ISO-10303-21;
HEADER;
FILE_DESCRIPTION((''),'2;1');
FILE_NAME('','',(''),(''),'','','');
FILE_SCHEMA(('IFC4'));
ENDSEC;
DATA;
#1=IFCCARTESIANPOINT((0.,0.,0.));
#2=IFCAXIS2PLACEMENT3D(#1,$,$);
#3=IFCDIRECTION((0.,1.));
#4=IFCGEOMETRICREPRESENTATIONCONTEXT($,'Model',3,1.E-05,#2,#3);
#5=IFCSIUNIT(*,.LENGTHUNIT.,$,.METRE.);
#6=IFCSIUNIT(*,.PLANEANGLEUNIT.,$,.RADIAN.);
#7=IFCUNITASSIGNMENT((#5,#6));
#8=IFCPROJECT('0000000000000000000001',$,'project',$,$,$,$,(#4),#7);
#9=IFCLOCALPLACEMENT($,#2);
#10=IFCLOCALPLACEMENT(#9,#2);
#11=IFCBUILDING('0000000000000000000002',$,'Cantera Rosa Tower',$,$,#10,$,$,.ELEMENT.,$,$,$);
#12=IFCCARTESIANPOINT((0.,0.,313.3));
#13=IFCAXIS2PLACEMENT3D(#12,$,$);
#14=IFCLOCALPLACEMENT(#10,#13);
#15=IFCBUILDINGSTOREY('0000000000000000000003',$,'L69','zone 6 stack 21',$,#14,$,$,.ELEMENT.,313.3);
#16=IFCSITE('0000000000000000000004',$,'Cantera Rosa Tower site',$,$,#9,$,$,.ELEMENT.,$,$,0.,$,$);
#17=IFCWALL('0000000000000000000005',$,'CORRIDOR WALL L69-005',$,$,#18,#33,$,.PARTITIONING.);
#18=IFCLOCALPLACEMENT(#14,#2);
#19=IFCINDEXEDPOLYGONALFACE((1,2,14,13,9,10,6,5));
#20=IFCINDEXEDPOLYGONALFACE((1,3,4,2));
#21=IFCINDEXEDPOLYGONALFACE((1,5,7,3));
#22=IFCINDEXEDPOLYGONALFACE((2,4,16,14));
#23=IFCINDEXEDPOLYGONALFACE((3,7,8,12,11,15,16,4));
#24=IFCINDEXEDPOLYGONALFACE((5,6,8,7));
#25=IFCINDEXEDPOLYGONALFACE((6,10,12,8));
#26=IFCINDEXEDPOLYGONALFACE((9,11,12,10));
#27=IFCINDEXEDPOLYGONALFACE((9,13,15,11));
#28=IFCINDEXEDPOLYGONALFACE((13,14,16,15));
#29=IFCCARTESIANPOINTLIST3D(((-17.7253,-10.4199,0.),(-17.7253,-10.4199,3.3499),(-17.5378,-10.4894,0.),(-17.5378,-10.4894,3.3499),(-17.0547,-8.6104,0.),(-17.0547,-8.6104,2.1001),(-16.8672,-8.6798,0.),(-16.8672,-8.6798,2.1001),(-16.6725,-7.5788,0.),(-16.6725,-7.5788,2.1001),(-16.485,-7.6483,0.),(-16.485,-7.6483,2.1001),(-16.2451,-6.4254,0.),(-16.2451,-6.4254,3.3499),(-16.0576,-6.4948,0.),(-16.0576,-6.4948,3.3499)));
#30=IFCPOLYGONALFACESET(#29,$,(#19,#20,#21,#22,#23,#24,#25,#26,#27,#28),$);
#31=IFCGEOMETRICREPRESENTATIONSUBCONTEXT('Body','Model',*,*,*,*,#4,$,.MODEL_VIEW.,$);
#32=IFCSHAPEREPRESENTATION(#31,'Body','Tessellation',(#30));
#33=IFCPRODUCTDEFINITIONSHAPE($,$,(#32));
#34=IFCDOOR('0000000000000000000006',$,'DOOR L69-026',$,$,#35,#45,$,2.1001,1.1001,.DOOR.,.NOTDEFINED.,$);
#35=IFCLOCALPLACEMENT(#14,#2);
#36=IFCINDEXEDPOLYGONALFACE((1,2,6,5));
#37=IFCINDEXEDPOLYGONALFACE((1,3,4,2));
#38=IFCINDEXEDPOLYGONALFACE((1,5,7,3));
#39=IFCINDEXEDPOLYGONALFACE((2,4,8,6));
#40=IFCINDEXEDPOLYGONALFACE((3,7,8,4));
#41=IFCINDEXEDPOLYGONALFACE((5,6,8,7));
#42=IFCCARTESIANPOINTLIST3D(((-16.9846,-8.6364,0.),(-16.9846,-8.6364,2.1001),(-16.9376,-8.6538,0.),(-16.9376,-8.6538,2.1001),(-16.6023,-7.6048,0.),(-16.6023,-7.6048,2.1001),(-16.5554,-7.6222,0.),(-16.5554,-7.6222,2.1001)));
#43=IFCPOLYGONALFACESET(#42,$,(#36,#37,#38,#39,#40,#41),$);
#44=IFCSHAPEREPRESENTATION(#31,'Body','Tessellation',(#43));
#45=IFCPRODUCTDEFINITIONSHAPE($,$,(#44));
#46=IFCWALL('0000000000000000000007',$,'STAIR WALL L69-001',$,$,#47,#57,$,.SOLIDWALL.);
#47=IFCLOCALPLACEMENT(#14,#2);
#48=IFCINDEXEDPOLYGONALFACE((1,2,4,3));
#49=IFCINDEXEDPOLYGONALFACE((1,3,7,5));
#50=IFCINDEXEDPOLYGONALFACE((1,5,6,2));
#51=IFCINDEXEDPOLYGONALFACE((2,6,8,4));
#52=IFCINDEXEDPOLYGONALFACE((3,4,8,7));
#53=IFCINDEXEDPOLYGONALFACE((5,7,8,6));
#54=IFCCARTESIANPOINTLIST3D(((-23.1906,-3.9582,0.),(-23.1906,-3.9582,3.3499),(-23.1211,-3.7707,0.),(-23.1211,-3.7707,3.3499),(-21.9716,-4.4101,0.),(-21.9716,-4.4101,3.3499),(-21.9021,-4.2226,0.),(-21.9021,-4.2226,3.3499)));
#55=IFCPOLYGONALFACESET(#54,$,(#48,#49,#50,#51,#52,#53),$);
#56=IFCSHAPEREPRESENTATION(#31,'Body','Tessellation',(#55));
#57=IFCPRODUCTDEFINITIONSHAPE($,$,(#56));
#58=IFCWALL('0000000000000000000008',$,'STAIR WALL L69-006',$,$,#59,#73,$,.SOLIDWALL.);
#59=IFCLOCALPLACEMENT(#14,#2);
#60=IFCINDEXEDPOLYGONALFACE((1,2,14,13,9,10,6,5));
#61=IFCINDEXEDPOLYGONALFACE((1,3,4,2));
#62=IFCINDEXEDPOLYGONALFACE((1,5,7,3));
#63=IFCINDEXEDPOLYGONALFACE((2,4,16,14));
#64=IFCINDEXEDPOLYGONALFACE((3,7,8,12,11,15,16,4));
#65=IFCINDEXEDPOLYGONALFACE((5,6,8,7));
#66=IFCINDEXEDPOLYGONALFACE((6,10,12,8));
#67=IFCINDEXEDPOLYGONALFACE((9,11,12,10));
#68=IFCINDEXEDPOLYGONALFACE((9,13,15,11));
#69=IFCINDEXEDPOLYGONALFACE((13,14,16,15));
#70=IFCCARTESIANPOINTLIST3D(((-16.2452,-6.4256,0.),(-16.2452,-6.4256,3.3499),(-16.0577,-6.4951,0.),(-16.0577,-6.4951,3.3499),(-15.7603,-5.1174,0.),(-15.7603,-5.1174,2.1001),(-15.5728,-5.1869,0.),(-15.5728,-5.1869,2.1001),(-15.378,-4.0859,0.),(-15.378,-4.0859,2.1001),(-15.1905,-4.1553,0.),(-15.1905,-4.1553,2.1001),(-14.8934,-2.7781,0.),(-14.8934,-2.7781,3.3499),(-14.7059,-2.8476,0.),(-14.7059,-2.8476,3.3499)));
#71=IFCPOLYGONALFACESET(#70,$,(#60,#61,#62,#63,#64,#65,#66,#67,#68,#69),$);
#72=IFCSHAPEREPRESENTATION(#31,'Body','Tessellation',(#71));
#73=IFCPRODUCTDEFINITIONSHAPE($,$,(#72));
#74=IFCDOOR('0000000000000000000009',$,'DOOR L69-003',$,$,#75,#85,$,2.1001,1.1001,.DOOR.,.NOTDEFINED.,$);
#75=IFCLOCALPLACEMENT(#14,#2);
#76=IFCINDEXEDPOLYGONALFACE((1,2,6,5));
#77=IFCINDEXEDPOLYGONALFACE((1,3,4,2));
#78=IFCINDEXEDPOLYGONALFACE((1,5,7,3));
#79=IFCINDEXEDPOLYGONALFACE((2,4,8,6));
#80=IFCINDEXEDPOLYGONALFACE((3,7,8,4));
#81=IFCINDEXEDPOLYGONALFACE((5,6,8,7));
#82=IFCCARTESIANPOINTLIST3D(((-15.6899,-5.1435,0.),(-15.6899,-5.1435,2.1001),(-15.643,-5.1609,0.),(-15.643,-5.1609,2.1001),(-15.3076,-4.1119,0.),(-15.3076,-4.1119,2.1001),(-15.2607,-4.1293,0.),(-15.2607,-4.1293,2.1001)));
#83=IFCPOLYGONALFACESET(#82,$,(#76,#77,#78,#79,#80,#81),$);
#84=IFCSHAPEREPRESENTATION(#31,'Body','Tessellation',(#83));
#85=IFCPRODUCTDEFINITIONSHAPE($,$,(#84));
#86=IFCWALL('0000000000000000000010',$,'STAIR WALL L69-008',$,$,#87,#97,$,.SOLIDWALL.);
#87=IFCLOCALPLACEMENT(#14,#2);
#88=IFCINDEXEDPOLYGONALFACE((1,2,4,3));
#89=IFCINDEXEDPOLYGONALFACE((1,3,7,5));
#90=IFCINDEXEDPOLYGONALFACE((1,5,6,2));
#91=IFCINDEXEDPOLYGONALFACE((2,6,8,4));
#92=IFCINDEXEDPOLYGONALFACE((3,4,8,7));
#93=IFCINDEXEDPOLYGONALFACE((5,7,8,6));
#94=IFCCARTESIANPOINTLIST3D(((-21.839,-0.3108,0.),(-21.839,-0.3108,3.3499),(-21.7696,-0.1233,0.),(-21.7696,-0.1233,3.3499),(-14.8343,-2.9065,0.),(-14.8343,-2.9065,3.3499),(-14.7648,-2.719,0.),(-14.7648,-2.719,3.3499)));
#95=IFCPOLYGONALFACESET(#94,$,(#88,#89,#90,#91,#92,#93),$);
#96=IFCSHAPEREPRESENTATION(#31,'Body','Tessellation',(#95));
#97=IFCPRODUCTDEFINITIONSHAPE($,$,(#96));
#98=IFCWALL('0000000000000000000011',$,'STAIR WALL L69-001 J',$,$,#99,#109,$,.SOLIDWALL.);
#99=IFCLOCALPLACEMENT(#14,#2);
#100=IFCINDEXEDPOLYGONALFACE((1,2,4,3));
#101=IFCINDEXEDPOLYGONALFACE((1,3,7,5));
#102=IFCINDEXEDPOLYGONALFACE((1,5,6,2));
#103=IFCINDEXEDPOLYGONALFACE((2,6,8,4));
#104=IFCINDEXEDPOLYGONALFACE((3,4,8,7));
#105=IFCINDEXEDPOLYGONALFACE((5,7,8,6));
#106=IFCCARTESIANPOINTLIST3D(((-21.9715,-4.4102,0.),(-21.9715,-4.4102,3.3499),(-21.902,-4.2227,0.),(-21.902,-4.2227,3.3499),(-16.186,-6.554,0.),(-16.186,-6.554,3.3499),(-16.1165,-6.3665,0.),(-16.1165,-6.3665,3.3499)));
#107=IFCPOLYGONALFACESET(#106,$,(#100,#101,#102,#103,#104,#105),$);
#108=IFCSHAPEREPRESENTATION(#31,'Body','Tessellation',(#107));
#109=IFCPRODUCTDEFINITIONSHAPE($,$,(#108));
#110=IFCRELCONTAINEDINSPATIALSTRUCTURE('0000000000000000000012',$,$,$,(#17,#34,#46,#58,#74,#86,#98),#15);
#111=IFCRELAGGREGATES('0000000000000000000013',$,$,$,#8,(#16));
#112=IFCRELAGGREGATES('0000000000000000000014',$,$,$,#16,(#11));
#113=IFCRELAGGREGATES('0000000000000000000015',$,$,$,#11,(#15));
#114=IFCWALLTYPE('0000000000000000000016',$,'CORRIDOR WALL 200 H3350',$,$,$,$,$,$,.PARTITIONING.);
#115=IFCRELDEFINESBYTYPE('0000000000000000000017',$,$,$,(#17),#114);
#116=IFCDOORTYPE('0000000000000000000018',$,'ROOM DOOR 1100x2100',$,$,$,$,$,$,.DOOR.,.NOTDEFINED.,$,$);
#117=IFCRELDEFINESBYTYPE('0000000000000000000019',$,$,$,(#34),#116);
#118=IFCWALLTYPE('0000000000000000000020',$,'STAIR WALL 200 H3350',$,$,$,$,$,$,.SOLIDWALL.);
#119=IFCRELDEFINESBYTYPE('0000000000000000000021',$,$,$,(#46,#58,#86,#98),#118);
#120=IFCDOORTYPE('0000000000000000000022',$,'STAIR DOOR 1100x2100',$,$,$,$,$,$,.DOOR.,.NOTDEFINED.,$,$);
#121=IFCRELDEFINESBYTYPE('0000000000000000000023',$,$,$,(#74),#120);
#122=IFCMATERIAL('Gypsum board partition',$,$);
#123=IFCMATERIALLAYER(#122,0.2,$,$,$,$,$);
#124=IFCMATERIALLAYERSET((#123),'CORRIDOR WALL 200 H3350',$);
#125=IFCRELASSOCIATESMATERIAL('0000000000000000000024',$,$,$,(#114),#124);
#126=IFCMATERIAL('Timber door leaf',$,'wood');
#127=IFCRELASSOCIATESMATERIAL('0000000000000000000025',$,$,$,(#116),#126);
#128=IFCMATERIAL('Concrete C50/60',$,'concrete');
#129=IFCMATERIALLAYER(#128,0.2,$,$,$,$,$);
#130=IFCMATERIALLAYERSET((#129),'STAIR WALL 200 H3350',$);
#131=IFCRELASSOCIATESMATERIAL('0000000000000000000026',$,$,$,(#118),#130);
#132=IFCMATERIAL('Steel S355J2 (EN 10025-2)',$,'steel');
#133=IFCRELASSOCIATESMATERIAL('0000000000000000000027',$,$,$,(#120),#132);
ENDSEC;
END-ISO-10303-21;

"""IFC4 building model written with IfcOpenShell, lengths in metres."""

from ifc_helpers import new_model, si_unit, direction, frame, frame_2d, origin, place, context, subcontext, project, spatial, rectangle, extrude, material, layer, layer_set, type_object, element, fill, save


model = new_model("IFC4")

# Units and contexts
model_context = context("Model", 3, precision=1e-05, world=origin(), true_north=direction((0.0, 1.0)))
body_context = subcontext(model_context, "Body", "Model", "MODEL_VIEW")
ifc_project = project(units=[si_unit("LENGTHUNIT", "METRE"), si_unit("PLANEANGLEUNIT", "RADIAN")], contexts=[model_context])

# Site, building, storey
site_placement = place(None, origin())
site = spatial("IfcSite", under=ifc_project, at=site_placement, Name="Cantera Rosa Tower site", CompositionType="ELEMENT", RefElevation=0.0)
building_placement = place(site_placement, origin())
building = spatial("IfcBuilding", under=site, at=building_placement, Name="Cantera Rosa Tower", CompositionType="ELEMENT")
storey_placement = place(building_placement, frame((0.0, 0.0, 313.3)))
storey = spatial("IfcBuildingStorey", under=building, at=storey_placement, Name="L69", Description="zone 6 stack 21", CompositionType="ELEMENT", Elevation=313.3)

# Wall, opening, door
ifc_material_1 = material(Name="Gypsum board partition")
ifc_layer_1 = layer(ifc_material_1, 0.2)
ifc_layer_set_1 = layer_set([ifc_layer_1], Name="CORRIDOR WALL 200 H3350")
wall_type_1 = type_object("IfcWallType", Name="CORRIDOR WALL 200 H3350", PredefinedType="PARTITIONING", material=ifc_layer_set_1)
wall_1_placement = place(storey_placement, frame((-16.1514, -6.4602, 0.0), z_axis=(0.0, 0.0, 1.0), x_axis=(-0.347466, -0.937693, 0.0)))
wall_1 = element("IfcWall", 1, at=wall_1_placement, inside=storey, type_object=wall_type_1, Name="CORRIDOR WALL L69-005", PredefinedType="PARTITIONING", context=body_context, shape_type="SweptSolid", body=[
    extrude(rectangle(XDim=4.26, YDim=0.2, at=frame_2d((2.1299, 0.0))), origin(), (0.0, 0.0, 1.0), 3.3499),
])
opening_1_placement = place(wall_1_placement, frame((1.23, 0.0, 0.0)))
opening_1 = element("IfcOpeningElement", 2, at=opening_1_placement, cuts=wall_1, PredefinedType="OPENING", context=body_context, shape_type="SweptSolid", body=[
    extrude(rectangle(XDim=1.1001, YDim=2.1001, at=frame_2d((0.55, 1.05))), frame((0.0, 0.1099, 0.0), z_axis=(0.0, -1.0, 0.0), x_axis=(1.0, 0.0, 0.0)), (0.0, 0.0, 1.0), 0.22),
])
ifc_material_2 = material(Name="Timber door leaf", Category="wood")
door_type_1 = type_object("IfcDoorType", Name="ROOM DOOR 1100x2100", OperationType="NOTDEFINED", PredefinedType="DOOR", material=ifc_material_2)
door_1_placement = place(opening_1_placement, origin())
door_1 = element("IfcDoor", 3, at=door_1_placement, inside=storey, type_object=door_type_1, Name="DOOR L69-026", OperationType="NOTDEFINED", OverallHeight=2.1001, OverallWidth=1.1001, PredefinedType="DOOR", context=body_context, shape_type="SweptSolid", body=[
    extrude(rectangle(XDim=1.1001, YDim=2.1001, at=frame_2d((0.55, 1.05))), frame((0.0, 0.0249, 0.0), z_axis=(0.0, -1.0, 0.0), x_axis=(1.0, 0.0, 0.0)), (0.0, 0.0, 1.0), 0.05),
])
fill(opening_1, door_1)

# Wall
ifc_material_3 = material(Name="Concrete C50/60", Category="concrete")
ifc_layer_2 = layer(ifc_material_3, 0.2)
ifc_layer_set_2 = layer_set([ifc_layer_2], Name="STAIR WALL 200 H3350")
wall_type_2 = type_object("IfcWallType", Name="STAIR WALL 200 H3350", PredefinedType="SOLIDWALL", material=ifc_layer_set_2)
wall_2_placement = place(storey_placement, frame((-23.1558, -3.8645, 0.0), z_axis=(0.0, 0.0, 1.0), x_axis=(0.937642, -0.347602, 0.0)))
element("IfcWall", 4, at=wall_2_placement, inside=storey, type_object=wall_type_2, Name="STAIR WALL L69-001", PredefinedType="SOLIDWALL", context=body_context, shape_type="SweptSolid", body=[
    extrude(rectangle(XDim=1.3, YDim=0.2, at=frame_2d((0.6499, 0.0))), origin(), (0.0, 0.0, 1.0), 3.3499),
])

# Wall, opening, door
wall_3_placement = place(storey_placement, frame((-16.1514, -6.4602, 0.0), z_axis=(0.0, 0.0, 1.0), x_axis=(0.347517, 0.937674, 0.0)))
wall_3 = element("IfcWall", 5, at=wall_3_placement, inside=storey, type_object=wall_type_2, Name="STAIR WALL L69-006", PredefinedType="SOLIDWALL", context=body_context, shape_type="SweptSolid", body=[
    extrude(rectangle(XDim=3.8899, YDim=0.2, at=frame_2d((1.9448, 0.0))), origin(), (0.0, 0.0, 1.0), 3.3499),
])
opening_2_placement = place(wall_3_placement, frame((1.395, 0.0, 0.0)))
opening_2 = element("IfcOpeningElement", 6, at=opening_2_placement, cuts=wall_3, PredefinedType="OPENING", context=body_context, shape_type="SweptSolid", body=[
    extrude(rectangle(XDim=1.1001, YDim=2.1001, at=frame_2d((0.55, 1.05))), frame((0.0, 0.1099, 0.0), z_axis=(0.0, -1.0, 0.0), x_axis=(1.0, 0.0, 0.0)), (0.0, 0.0, 1.0), 0.22),
])
ifc_material_4 = material(Name="Steel S355J2 (EN 10025-2)", Category="steel")
door_type_2 = type_object("IfcDoorType", Name="STAIR DOOR 1100x2100", OperationType="NOTDEFINED", PredefinedType="DOOR", material=ifc_material_4)
door_2_placement = place(opening_2_placement, origin())
door_2 = element("IfcDoor", 7, at=door_2_placement, inside=storey, type_object=door_type_2, Name="DOOR L69-003", OperationType="NOTDEFINED", OverallHeight=2.1001, OverallWidth=1.1001, PredefinedType="DOOR", context=body_context, shape_type="SweptSolid", body=[
    extrude(rectangle(XDim=1.1001, YDim=2.1001, at=frame_2d((0.55, 1.05))), frame((0.0, 0.0249, 0.0), z_axis=(0.0, -1.0, 0.0), x_axis=(1.0, 0.0, 0.0)), (0.0, 0.0, 1.0), 0.05),
])
fill(opening_2, door_2)

# Walls
wall_4_placement = place(storey_placement, frame((-14.7996, -2.8127, 0.0), z_axis=(0.0, 0.0, 1.0), x_axis=(-0.937688, 0.347478, 0.0)))
element("IfcWall", 8, at=wall_4_placement, inside=storey, type_object=wall_type_2, Name="STAIR WALL L69-008", PredefinedType="SOLIDWALL", context=body_context, shape_type="SweptSolid", body=[
    extrude(rectangle(XDim=7.4702, YDim=0.2, at=frame_2d((3.7351, 0.0))), origin(), (0.0, 0.0, 1.0), 3.3499),
])
wall_5_placement = place(storey_placement, frame((-21.9368, -4.3164, 0.0), z_axis=(0.0, 0.0, 1.0), x_axis=(0.937693, -0.347465, 0.0)))
element("IfcWall", 9, at=wall_5_placement, inside=storey, type_object=wall_type_2, Name="STAIR WALL L69-001 J", PredefinedType="SOLIDWALL", context=body_context, shape_type="SweptSolid", body=[
    extrude(rectangle(XDim=6.1699, YDim=0.2, at=frame_2d((3.085, 0.0))), origin(), (0.0, 0.0, 1.0), 3.3499),
])

save(model, "model.ifc")
